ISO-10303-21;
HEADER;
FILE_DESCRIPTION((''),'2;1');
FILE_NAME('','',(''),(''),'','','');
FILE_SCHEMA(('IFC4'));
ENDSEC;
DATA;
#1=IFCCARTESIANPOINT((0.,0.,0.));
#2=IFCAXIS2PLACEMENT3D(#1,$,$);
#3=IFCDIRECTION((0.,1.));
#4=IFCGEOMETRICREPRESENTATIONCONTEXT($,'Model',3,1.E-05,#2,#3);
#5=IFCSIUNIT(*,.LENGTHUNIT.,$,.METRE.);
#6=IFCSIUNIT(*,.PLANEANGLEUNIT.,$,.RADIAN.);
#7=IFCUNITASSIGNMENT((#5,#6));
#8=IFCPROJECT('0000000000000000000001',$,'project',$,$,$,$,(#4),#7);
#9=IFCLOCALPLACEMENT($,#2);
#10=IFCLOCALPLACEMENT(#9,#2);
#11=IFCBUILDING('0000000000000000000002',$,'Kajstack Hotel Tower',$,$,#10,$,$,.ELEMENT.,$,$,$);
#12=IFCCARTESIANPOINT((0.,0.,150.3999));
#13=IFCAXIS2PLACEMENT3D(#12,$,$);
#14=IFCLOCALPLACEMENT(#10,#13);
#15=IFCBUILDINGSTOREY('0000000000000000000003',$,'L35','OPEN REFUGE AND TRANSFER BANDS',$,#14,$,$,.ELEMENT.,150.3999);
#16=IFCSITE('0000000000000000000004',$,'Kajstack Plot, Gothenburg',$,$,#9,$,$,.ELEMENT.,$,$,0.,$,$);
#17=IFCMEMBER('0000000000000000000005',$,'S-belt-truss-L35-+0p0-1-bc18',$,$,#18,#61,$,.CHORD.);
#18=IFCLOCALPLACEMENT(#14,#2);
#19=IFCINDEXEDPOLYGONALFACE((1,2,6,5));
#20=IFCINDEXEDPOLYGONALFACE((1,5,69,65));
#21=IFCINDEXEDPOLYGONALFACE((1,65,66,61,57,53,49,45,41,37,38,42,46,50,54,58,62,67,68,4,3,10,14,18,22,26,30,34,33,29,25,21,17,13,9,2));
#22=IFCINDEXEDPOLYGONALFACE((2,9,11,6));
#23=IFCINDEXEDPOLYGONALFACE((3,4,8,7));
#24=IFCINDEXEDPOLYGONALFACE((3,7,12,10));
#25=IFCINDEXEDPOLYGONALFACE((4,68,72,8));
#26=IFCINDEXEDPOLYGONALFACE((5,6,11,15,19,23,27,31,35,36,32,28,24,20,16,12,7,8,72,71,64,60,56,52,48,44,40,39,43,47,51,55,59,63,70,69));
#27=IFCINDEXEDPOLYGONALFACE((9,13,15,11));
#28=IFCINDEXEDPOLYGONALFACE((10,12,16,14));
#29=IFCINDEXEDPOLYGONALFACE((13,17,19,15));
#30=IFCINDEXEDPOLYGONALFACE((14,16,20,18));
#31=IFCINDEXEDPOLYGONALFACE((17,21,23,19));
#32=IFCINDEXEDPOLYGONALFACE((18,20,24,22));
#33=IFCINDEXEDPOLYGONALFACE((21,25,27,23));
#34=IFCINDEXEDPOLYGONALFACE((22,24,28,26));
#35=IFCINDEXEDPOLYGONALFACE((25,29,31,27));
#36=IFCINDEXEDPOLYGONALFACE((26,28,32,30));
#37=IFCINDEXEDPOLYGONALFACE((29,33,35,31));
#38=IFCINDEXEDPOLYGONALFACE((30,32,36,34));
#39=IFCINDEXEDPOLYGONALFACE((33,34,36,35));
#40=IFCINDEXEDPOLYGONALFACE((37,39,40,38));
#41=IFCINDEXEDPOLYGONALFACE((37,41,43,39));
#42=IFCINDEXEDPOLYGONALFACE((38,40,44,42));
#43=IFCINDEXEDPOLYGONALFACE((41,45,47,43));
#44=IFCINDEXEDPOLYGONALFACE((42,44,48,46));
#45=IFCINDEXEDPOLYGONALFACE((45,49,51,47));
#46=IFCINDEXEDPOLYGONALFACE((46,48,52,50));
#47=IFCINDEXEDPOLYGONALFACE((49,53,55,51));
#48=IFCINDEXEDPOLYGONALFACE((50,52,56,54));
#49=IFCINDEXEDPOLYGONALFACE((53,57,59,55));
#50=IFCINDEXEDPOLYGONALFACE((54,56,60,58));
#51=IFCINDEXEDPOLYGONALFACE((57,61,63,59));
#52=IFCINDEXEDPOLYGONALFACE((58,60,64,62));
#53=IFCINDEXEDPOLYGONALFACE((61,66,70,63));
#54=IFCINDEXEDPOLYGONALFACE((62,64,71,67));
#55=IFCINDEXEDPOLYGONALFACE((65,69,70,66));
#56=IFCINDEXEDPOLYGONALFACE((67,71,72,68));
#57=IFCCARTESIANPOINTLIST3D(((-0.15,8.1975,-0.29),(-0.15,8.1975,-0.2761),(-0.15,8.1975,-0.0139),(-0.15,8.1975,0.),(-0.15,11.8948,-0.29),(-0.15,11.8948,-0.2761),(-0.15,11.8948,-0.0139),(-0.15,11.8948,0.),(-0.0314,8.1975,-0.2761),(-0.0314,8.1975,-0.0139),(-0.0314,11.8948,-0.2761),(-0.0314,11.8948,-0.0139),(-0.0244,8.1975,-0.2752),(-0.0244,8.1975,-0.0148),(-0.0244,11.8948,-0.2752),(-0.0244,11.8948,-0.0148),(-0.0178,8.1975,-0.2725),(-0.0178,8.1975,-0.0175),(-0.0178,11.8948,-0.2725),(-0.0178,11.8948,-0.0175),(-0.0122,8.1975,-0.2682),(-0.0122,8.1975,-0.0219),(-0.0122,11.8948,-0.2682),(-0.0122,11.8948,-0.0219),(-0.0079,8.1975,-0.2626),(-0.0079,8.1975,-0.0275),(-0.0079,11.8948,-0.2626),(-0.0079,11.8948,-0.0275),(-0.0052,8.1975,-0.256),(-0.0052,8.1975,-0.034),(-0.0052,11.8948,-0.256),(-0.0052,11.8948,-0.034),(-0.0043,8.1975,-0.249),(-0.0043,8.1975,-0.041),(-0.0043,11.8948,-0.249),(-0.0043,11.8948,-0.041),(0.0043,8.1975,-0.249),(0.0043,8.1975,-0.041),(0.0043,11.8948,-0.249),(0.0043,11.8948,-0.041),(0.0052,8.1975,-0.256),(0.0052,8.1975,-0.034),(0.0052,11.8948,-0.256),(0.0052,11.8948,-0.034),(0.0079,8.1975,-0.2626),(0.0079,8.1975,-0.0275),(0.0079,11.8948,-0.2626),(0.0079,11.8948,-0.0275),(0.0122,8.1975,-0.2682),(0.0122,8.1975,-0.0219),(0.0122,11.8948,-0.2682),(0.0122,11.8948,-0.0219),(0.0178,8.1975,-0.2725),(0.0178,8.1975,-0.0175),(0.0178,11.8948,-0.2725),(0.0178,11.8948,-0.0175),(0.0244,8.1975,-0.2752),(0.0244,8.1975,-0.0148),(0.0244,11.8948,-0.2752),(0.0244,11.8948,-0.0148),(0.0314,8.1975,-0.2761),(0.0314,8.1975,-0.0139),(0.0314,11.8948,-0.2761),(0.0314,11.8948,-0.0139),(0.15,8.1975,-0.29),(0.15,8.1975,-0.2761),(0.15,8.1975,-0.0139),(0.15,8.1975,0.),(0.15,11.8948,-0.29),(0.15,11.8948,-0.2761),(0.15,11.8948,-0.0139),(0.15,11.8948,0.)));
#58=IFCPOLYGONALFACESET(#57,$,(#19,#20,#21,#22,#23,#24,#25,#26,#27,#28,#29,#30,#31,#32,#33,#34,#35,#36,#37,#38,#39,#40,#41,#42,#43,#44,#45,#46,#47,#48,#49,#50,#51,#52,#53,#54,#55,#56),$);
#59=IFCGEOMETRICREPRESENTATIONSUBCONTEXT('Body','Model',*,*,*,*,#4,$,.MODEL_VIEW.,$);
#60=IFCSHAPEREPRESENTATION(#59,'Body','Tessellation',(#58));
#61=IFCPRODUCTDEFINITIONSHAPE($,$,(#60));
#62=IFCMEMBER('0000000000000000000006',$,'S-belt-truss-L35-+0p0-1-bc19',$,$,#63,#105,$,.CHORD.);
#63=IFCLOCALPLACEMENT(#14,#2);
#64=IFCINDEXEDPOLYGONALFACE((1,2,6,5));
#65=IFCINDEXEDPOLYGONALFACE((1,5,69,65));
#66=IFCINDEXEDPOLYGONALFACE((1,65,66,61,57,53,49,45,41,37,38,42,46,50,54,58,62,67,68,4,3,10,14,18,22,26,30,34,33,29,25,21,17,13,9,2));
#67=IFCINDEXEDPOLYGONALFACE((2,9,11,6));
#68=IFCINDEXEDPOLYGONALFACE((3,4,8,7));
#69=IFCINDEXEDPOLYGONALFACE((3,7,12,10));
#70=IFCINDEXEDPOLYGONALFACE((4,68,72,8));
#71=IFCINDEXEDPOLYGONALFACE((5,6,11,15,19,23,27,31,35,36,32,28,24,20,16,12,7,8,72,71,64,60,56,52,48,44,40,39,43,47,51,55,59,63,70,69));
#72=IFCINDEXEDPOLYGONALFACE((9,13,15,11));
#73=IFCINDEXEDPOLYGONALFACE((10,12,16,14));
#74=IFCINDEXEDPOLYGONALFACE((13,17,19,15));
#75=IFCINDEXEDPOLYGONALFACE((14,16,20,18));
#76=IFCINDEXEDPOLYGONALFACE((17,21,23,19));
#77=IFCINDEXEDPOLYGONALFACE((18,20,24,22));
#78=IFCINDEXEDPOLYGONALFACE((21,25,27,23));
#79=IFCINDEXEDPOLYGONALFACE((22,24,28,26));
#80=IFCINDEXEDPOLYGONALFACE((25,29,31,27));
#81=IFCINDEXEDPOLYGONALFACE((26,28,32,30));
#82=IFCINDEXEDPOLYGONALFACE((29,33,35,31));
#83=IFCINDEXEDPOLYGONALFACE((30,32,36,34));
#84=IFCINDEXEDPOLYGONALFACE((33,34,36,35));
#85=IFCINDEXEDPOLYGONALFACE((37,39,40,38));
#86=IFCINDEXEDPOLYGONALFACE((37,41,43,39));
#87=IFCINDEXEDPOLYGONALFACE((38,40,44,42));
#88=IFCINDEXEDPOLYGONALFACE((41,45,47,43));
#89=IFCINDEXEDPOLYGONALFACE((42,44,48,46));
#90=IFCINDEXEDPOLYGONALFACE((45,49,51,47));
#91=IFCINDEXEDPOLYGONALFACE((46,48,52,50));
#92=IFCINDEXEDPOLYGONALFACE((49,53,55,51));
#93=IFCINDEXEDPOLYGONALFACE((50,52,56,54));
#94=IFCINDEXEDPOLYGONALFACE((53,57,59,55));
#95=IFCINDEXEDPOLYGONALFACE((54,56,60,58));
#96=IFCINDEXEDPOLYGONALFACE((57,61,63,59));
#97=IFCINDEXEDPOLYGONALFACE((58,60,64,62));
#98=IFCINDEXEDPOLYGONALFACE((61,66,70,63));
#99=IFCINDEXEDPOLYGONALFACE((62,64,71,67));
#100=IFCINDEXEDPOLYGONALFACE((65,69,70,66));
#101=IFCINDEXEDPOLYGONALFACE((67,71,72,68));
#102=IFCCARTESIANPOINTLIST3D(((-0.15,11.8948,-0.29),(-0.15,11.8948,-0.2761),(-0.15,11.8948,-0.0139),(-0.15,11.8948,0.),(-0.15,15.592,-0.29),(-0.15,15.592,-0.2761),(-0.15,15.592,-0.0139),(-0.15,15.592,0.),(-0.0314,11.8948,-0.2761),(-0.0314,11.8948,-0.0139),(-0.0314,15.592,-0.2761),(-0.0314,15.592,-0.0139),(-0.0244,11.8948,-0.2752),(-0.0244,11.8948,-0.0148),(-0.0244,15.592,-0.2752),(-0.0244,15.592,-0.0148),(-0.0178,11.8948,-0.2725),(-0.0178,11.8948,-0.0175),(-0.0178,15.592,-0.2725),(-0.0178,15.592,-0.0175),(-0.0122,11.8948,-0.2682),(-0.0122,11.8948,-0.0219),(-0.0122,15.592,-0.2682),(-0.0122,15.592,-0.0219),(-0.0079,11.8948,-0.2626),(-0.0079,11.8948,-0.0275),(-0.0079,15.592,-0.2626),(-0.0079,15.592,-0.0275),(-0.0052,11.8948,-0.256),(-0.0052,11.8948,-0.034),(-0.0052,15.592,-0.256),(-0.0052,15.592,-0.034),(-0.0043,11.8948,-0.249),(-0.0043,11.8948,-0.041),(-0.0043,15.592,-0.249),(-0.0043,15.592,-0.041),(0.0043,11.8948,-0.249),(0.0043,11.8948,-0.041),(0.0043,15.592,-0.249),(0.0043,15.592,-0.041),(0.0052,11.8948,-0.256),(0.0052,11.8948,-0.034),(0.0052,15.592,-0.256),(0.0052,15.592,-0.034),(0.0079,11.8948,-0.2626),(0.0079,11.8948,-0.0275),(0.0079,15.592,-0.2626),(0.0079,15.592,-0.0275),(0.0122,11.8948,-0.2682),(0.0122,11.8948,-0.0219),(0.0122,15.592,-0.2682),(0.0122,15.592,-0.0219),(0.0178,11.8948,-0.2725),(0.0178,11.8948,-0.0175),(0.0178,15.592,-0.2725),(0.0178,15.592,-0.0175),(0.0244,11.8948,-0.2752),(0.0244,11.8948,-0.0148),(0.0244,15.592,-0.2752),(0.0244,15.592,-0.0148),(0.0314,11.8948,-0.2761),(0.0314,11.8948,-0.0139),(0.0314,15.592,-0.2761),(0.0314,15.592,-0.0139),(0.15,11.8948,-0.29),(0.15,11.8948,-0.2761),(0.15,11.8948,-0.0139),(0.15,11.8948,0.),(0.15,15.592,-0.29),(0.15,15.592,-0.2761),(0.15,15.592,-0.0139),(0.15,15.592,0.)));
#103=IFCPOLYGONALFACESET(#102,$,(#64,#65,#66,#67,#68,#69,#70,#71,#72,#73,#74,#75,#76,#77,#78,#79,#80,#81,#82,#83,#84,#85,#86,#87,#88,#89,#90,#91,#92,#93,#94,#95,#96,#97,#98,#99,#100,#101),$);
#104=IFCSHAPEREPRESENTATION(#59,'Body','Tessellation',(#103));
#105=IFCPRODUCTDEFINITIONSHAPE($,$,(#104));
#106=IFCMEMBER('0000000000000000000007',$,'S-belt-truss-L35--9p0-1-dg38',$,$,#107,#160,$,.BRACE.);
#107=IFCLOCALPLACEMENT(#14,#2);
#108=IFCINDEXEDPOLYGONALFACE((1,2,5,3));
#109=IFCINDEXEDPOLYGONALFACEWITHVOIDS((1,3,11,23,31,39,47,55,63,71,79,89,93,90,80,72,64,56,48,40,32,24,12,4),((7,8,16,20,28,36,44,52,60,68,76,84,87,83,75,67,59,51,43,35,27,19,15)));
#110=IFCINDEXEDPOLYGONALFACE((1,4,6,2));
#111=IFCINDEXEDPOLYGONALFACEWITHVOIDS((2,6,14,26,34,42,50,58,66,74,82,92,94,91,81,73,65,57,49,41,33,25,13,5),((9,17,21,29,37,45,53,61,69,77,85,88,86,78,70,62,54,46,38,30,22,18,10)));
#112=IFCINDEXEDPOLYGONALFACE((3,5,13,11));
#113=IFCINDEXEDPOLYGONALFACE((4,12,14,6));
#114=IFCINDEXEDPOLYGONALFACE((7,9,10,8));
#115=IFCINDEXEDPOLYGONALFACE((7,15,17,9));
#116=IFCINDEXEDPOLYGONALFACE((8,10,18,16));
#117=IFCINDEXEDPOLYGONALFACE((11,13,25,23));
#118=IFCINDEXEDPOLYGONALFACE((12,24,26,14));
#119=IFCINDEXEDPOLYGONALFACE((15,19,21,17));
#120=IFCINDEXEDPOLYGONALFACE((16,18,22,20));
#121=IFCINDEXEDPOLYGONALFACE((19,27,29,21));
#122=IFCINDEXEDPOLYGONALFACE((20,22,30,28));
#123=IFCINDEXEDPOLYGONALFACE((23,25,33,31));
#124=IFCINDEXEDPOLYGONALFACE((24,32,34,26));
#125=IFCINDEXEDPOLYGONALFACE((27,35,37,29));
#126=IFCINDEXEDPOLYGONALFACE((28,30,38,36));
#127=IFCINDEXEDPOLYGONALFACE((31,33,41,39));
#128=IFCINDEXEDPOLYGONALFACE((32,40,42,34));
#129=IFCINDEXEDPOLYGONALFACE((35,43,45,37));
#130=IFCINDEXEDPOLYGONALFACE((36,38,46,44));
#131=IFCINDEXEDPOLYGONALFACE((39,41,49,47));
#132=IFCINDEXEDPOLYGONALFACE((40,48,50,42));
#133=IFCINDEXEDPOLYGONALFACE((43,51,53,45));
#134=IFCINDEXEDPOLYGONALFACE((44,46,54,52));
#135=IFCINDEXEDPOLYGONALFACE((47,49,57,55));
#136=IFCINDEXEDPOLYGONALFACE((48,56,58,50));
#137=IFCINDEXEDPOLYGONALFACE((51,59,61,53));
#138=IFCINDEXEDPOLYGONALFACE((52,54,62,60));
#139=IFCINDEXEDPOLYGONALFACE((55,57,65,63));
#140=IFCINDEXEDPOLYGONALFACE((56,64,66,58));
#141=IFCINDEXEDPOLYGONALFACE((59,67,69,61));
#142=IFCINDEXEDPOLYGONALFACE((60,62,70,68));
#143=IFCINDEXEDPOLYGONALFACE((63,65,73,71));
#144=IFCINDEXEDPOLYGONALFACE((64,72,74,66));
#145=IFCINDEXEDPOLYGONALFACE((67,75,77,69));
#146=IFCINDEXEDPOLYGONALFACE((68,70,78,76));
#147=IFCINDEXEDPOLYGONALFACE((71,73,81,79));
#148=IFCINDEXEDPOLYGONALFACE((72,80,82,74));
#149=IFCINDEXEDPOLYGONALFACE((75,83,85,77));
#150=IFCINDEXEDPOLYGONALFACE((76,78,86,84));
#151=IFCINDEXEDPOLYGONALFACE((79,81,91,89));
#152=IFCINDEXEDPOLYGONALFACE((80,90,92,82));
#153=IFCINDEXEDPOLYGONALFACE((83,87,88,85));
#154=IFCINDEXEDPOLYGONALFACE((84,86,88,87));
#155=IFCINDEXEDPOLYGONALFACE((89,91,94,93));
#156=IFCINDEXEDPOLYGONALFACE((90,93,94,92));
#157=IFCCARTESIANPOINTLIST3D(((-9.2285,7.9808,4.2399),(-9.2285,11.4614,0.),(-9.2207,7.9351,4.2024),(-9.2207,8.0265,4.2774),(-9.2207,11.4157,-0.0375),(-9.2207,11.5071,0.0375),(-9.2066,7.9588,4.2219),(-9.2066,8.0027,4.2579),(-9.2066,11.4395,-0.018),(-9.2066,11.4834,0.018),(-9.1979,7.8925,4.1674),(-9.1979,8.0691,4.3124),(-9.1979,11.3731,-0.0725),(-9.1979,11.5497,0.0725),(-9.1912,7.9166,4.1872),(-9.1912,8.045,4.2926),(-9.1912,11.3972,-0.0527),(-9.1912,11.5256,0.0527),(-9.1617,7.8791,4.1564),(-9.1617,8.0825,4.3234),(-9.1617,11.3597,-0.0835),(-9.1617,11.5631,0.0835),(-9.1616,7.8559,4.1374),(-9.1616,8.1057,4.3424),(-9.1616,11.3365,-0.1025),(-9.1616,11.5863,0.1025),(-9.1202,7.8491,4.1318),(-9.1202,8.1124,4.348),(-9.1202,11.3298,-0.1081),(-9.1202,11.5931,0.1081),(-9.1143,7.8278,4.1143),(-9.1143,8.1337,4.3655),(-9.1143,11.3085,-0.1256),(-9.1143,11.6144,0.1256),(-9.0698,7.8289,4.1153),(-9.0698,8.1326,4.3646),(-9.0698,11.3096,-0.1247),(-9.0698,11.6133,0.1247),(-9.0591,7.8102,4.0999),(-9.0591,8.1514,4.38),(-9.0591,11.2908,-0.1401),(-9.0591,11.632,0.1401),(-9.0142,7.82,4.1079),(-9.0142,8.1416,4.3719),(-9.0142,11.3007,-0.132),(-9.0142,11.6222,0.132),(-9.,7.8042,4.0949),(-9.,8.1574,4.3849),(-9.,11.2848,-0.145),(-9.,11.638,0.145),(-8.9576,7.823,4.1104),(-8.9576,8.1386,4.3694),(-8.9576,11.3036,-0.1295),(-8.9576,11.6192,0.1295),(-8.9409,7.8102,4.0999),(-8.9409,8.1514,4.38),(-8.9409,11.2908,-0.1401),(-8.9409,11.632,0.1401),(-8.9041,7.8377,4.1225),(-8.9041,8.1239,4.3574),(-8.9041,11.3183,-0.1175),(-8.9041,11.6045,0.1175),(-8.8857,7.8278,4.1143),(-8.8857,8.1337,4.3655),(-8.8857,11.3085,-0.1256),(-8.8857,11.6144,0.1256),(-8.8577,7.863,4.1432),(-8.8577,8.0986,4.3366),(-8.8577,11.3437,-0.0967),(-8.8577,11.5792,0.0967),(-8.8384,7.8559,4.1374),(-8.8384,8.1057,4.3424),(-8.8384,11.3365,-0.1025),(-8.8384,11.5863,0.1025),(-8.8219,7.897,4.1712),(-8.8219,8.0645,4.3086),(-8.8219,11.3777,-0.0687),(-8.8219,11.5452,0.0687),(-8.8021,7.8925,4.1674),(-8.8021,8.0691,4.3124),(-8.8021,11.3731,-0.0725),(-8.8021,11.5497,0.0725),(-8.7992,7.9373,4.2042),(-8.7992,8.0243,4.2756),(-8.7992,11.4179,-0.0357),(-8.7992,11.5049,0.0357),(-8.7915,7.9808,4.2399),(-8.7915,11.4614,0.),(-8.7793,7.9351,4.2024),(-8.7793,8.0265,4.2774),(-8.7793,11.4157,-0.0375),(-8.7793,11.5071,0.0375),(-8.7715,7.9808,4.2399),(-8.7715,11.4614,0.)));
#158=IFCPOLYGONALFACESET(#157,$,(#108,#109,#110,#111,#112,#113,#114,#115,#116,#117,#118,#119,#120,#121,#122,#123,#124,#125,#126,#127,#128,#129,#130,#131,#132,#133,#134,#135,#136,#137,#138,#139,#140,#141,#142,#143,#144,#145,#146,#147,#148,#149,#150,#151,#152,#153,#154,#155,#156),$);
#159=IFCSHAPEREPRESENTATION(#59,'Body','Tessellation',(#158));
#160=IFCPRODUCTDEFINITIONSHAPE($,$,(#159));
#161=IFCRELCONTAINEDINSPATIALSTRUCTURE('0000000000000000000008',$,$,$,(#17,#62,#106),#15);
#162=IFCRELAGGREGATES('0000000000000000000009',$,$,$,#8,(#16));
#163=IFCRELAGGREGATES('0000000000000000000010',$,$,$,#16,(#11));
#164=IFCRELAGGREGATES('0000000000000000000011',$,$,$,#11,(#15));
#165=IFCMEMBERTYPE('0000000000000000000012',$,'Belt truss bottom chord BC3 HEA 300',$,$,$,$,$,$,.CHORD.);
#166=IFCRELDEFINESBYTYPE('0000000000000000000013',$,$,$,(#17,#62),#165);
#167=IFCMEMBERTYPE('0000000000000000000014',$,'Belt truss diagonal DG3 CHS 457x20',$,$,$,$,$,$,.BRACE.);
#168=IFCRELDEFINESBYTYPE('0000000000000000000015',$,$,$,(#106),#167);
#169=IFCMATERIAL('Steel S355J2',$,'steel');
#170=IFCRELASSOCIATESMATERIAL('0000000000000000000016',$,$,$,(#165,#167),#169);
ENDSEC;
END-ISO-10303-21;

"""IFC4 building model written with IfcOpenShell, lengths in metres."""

from ifc_helpers import new_model, si_unit, direction, frame, origin, origin_2d, place, context, subcontext, project, spatial, hollow_circle, i_section, extrude, material, material_profile, profile_set, type_object, element, save


model = new_model("IFC4")

# Units and contexts
model_context = context("Model", 3, precision=1e-05, world=origin(), true_north=direction((0.0, 1.0)))
body_context = subcontext(model_context, "Body", "Model", "MODEL_VIEW")
ifc_project = project(units=[si_unit("LENGTHUNIT", "METRE"), si_unit("PLANEANGLEUNIT", "RADIAN")], contexts=[model_context])

# Site, building, storey
site_placement = place(None, origin())
site = spatial("IfcSite", under=ifc_project, at=site_placement, Name="Kajstack Plot, Gothenburg", CompositionType="ELEMENT", RefElevation=0.0)
building_placement = place(site_placement, origin())
building = spatial("IfcBuilding", under=site, at=building_placement, Name="Kajstack Hotel Tower", CompositionType="ELEMENT")
storey_placement = place(building_placement, frame((0.0, 0.0, 150.3999)))
storey = spatial("IfcBuildingStorey", under=building, at=storey_placement, Name="L35", Description="OPEN REFUGE AND TRANSFER BANDS", CompositionType="ELEMENT", Elevation=150.3999)

# Members
ifc_material = material(Name="Steel S355J2", Category="steel")
ifc_material_profile_1 = material_profile(ifc_material, i_section(OverallWidth=0.3, OverallDepth=0.29, WebThickness=0.0085, FlangeThickness=0.0139, FilletRadius=0.0271, at=origin_2d()), Name="HEA 300")
ifc_profile_set_1 = profile_set([ifc_material_profile_1], Name="Steel S355J2")
member_type_1 = type_object("IfcMemberType", Name="Belt truss bottom chord BC3 HEA 300", PredefinedType="CHORD", material=ifc_profile_set_1)
for number, where, z_axis, x_axis, name in (
    (1, (0.0, 8.1975, -0.145), (0.0, 1.0, 0.0), (-1.0, 0.0, 0.0), "S-belt-truss-L35-+0p0-1-bc18"),
    (2, (0.0, 11.8948, -0.145), (0.0, 1.0, 0.0), (-1.0, 0.0, 0.0), "S-belt-truss-L35-+0p0-1-bc19"),
):
    element("IfcMember", number, at=place(storey_placement, frame(where, z_axis=z_axis, x_axis=x_axis)), inside=storey, type_object=member_type_1, Name=name, PredefinedType="CHORD", context=body_context, shape_type="SweptSolid", body=[
        extrude(i_section(OverallWidth=0.3, OverallDepth=0.29, WebThickness=0.0085, FlangeThickness=0.0139, FilletRadius=0.0271, at=origin_2d()), origin(), (0.0, 0.0, 1.0), 3.6973),
    ])
ifc_material_profile_2 = material_profile(ifc_material, hollow_circle(Radius=0.2285, WallThickness=0.02, at=origin_2d()), Name="CHS 457x20")
ifc_profile_set_2 = profile_set([ifc_material_profile_2], Name="Steel S355J2")
member_type_2 = type_object("IfcMemberType", Name="Belt truss diagonal DG3 CHS 457x20", PredefinedType="BRACE", material=ifc_profile_set_2)
for number, where, z_axis, x_axis, name in (
    (3, (-9.0, 11.4614, 0.0), (0.0, -0.634507, 0.772917), (1.0, 0.0, 0.0), "S-belt-truss-L35--9p0-1-dg38"),
):
    element("IfcMember", number, at=place(storey_placement, frame(where, z_axis=z_axis, x_axis=x_axis)), inside=storey, type_object=member_type_2, Name=name, PredefinedType="BRACE", context=body_context, shape_type="SweptSolid", body=[
        extrude(hollow_circle(Radius=0.2285, WallThickness=0.02, at=origin_2d()), origin(), (0.0, 0.0, 1.0), 5.4856),
    ])

save(model, "model.ifc")
